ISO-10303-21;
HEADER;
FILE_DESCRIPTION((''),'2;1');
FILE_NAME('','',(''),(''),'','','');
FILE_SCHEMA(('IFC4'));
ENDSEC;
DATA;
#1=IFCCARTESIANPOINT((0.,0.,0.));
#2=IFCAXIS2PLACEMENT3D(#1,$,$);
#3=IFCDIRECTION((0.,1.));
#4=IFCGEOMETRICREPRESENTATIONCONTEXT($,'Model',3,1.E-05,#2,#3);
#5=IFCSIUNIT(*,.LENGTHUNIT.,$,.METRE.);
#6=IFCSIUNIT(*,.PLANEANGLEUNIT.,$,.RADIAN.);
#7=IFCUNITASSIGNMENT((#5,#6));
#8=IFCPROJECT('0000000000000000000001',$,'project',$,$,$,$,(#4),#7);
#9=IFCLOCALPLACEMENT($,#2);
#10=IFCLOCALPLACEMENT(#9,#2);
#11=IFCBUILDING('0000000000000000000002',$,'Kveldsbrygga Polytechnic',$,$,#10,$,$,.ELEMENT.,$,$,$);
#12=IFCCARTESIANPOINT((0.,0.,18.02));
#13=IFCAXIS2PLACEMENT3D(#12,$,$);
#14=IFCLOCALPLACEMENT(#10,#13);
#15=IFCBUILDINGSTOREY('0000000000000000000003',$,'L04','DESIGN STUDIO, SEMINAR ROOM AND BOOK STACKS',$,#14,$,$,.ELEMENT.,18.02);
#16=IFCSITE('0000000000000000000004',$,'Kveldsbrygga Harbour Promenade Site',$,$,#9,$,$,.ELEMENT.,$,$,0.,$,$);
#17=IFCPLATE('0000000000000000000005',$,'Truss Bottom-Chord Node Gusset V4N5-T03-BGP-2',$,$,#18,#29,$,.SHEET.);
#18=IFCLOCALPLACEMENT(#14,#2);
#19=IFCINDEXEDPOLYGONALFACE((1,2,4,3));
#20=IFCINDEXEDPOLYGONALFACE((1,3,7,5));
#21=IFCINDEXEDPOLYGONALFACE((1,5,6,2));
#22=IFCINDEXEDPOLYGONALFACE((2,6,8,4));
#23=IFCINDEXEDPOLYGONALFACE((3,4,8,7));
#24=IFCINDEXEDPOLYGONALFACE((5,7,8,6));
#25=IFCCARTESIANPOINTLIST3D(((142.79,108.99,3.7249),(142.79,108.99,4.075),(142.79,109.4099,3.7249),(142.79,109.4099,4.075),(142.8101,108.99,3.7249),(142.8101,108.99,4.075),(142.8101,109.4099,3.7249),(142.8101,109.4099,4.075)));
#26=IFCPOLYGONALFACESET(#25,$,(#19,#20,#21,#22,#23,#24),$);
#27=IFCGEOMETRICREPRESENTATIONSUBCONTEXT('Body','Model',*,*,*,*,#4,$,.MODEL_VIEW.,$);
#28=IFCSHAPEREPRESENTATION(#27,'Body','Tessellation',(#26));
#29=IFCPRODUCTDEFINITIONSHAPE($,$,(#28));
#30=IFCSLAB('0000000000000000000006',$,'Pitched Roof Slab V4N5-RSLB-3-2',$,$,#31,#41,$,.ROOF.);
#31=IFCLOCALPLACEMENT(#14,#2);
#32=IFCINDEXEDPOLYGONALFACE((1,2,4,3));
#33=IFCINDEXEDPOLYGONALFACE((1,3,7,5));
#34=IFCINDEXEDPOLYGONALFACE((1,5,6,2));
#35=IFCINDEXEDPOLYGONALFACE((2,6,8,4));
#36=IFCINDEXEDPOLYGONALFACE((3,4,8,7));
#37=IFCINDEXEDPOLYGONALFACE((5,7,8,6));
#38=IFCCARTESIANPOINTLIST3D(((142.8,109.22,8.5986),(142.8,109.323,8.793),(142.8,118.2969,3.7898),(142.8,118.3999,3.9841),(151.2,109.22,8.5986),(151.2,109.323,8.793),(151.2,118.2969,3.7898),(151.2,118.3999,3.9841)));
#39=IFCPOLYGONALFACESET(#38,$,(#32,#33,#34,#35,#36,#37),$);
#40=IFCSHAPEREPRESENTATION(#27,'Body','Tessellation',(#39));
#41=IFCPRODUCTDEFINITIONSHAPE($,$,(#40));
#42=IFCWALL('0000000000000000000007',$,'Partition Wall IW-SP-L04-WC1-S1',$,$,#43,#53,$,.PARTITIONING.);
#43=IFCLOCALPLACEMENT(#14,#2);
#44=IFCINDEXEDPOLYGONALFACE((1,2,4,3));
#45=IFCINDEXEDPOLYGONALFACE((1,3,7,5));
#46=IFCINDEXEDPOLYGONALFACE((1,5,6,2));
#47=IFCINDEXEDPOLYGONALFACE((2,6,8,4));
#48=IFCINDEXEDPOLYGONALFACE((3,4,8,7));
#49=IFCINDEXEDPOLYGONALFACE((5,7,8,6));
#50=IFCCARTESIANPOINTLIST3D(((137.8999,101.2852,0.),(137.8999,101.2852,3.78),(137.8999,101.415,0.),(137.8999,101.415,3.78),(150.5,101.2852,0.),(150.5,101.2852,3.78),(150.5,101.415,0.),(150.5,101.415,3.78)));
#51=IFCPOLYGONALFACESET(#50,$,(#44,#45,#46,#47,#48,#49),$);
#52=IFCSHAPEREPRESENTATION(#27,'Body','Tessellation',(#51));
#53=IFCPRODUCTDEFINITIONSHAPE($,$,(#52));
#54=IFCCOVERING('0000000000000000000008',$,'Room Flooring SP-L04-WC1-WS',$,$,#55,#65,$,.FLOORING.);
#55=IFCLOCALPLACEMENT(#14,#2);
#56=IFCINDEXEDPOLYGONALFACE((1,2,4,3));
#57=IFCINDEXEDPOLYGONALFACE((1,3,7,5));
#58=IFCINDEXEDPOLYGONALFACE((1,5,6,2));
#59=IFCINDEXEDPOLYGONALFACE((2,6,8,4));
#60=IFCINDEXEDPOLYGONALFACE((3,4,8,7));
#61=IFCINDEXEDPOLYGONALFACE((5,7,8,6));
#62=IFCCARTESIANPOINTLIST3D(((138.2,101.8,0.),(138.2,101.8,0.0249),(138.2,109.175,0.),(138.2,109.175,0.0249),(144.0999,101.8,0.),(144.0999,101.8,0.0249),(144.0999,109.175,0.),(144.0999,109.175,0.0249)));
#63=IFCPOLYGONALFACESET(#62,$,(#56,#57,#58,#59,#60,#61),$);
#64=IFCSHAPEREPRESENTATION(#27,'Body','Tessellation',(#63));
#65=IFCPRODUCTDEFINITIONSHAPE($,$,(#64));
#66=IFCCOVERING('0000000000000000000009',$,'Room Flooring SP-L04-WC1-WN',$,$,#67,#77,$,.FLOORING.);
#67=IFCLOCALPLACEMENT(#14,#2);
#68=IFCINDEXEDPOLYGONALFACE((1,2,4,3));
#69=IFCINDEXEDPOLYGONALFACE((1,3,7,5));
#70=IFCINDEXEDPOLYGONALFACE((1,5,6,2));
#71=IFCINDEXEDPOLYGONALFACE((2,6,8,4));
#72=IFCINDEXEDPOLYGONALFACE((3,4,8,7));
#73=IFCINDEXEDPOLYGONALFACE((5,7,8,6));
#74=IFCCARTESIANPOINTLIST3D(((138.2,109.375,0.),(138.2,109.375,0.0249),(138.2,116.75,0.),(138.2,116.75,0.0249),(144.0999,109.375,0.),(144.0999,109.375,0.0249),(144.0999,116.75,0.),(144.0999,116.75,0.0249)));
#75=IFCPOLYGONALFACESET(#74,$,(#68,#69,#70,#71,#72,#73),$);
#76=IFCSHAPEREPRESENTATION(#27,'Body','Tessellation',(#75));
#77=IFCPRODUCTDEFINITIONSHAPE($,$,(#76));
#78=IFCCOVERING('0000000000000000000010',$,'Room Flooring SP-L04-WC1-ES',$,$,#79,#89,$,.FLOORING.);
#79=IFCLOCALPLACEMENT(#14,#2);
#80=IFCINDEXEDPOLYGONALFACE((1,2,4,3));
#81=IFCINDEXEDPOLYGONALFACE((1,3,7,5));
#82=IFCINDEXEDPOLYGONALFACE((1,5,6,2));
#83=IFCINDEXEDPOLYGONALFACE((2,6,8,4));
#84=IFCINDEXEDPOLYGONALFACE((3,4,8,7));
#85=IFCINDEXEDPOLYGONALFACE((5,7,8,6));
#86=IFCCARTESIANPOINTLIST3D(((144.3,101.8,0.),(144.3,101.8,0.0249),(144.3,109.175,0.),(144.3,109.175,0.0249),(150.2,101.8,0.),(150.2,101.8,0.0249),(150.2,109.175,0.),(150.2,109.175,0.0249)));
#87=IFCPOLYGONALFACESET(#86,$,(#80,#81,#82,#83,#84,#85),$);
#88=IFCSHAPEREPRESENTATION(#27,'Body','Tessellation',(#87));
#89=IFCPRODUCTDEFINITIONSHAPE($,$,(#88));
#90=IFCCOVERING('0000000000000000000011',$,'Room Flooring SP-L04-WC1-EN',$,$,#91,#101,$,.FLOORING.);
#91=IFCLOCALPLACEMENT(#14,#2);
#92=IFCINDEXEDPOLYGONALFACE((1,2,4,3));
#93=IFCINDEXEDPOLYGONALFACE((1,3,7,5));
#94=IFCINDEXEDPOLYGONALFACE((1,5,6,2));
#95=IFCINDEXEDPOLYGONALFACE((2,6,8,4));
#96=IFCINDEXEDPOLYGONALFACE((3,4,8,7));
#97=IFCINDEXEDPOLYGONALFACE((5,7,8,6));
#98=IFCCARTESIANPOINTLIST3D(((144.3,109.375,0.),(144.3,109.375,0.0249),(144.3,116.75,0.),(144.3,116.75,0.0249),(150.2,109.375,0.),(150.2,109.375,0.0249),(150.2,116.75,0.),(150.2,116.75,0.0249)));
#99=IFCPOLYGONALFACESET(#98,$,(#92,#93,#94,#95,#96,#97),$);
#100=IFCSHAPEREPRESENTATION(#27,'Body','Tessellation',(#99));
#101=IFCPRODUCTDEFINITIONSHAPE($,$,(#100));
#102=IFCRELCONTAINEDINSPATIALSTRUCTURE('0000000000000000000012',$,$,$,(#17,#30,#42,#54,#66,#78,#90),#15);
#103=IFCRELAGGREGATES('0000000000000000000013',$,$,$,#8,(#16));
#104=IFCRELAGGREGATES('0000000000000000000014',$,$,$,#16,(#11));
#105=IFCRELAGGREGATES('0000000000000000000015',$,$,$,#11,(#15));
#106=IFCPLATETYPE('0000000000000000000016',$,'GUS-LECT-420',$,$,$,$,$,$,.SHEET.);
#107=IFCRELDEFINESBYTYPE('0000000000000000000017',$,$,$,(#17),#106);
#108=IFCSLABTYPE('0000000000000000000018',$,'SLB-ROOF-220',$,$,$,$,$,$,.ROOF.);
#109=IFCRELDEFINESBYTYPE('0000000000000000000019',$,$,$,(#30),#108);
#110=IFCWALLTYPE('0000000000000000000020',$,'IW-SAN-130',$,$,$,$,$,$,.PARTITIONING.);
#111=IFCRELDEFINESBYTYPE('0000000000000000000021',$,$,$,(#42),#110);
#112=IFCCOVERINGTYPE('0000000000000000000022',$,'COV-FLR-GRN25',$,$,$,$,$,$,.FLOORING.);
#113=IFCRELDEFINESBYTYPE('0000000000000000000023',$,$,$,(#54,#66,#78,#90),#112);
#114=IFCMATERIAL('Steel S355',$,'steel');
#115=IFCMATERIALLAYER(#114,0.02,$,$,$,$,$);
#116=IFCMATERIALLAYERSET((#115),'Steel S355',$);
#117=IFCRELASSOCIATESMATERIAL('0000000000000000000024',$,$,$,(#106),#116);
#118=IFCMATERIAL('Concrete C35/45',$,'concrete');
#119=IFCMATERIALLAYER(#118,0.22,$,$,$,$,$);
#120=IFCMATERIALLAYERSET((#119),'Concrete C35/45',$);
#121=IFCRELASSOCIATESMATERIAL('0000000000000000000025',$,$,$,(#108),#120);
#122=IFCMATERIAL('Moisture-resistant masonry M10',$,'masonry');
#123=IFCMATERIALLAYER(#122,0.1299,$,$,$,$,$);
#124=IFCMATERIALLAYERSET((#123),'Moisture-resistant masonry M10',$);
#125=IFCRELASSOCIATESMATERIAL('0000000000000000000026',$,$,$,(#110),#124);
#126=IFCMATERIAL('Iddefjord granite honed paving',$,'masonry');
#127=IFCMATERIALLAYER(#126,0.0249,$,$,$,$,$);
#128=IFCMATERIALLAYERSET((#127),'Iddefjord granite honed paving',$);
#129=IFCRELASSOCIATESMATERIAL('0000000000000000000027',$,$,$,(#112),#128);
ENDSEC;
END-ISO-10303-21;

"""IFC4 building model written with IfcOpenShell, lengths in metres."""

from ifc_helpers import new_model, si_unit, direction, frame, frame_2d, origin, origin_2d, place, context, subcontext, project, spatial, polyline, rectangle, outline, extrude, material, layer, layer_set, type_object, element, save


model = new_model("IFC4")

# Units and contexts
model_context = context("Model", 3, precision=1e-05, world=origin(), true_north=direction((0.0, 1.0)))
body_context = subcontext(model_context, "Body", "Model", "MODEL_VIEW")
ifc_project = project(units=[si_unit("LENGTHUNIT", "METRE"), si_unit("PLANEANGLEUNIT", "RADIAN")], contexts=[model_context])

# Site, building, storey
site_placement = place(None, origin())
site = spatial("IfcSite", under=ifc_project, at=site_placement, Name="Kveldsbrygga Harbour Promenade Site", CompositionType="ELEMENT", RefElevation=0.0)
building_placement = place(site_placement, origin())
building = spatial("IfcBuilding", under=site, at=building_placement, Name="Kveldsbrygga Polytechnic", CompositionType="ELEMENT")
storey_placement = place(building_placement, frame((0.0, 0.0, 18.02)))
storey = spatial("IfcBuildingStorey", under=building, at=storey_placement, Name="L04", Description="DESIGN STUDIO, SEMINAR ROOM AND BOOK STACKS", CompositionType="ELEMENT", Elevation=18.02)

# Shared definitions
ifc_material_1 = material(Name="Steel S355", Category="steel")

# Plate
ifc_layer_1 = layer(ifc_material_1, 0.02)
ifc_layer_set_1 = layer_set([ifc_layer_1], Name="Steel S355")
plate_type_1 = type_object("IfcPlateType", Name="GUS-LECT-420", PredefinedType="SHEET", material=ifc_layer_set_1)
for number, where, z_axis, x_axis, name in (
    (1, (142.8, 109.2, 3.7249), (0.0, 0.0, 1.0), (1.0, 0.0, 0.0), "Truss Bottom-Chord Node Gusset V4N5-T03-BGP-2"),
):
    element("IfcPlate", number, at=place(storey_placement, frame(where, z_axis=z_axis, x_axis=x_axis)), inside=storey, type_object=plate_type_1, Name=name, PredefinedType="SHEET", context=body_context, shape_type="SweptSolid", body=[
        extrude(rectangle(XDim=0.02, YDim=0.4199, at=origin_2d()), origin(), (0.0, 0.0, 1.0), 0.3501),
    ])

# Slab
ifc_material_2 = material(Name="Concrete C35/45", Category="concrete")
ifc_layer_2 = layer(ifc_material_2, 0.22)
ifc_layer_set_2 = layer_set([ifc_layer_2], Name="Concrete C35/45")
slab_type = type_object("IfcSlabType", Name="SLB-ROOF-220", PredefinedType="ROOF", material=ifc_layer_set_2)
slab_placement = place(storey_placement, frame((142.8, 109.323, 8.793), z_axis=(0.0, 0.468148, 0.88365), x_axis=(1.0, 0.0, 0.0)))
element("IfcSlab", 2, at=slab_placement, inside=storey, type_object=slab_type, Name="Pitched Roof Slab V4N5-RSLB-3-2", PredefinedType="ROOF", context=body_context, shape_type="SweptSolid", body=[
    extrude(outline(polyline([(0.0, 0.0), (8.3999, 0.0), (8.3999, 10.2721), (0.0, 10.2721), (0.0, 0.0)])), origin(), (0.0, 0.0, -1.0), 0.22),
])

# Wall
ifc_material_3 = material(Name="Moisture-resistant masonry M10", Category="masonry")
ifc_layer_3 = layer(ifc_material_3, 0.1299)
ifc_layer_set_3 = layer_set([ifc_layer_3], Name="Moisture-resistant masonry M10")
wall_type = type_object("IfcWallType", Name="IW-SAN-130", PredefinedType="PARTITIONING", material=ifc_layer_set_3)
wall_placement = place(storey_placement, frame((137.8999, 101.3501, 0.0), z_axis=(0.0, 0.0, 1.0), x_axis=(1.0, 0.0, 0.0)))
element("IfcWall", 3, at=wall_placement, inside=storey, type_object=wall_type, Name="Partition Wall IW-SP-L04-WC1-S1", PredefinedType="PARTITIONING", context=body_context, shape_type="SweptSolid", body=[
    extrude(rectangle(XDim=12.6001, YDim=0.1299, at=frame_2d((6.3, 0.0))), origin(), (0.0, 0.0, 1.0), 3.78),
])

# Coverings
ifc_material_4 = material(Name="Iddefjord granite honed paving", Category="masonry")
ifc_layer_4 = layer(ifc_material_4, 0.0249)
ifc_layer_set_4 = layer_set([ifc_layer_4], Name="Iddefjord granite honed paving")
covering_type = type_object("IfcCoveringType", Name="COV-FLR-GRN25", PredefinedType="FLOORING", material=ifc_layer_set_4)
for number, where, z_axis, x_axis, name in (
    (4, (141.1499, 105.4875, 0.0), (0.0, 0.0, 1.0), (1.0, 0.0, 0.0), "Room Flooring SP-L04-WC1-WS"),
    (5, (141.1499, 113.0625, 0.0), (0.0, 0.0, 1.0), (1.0, 0.0, 0.0), "Room Flooring SP-L04-WC1-WN"),
    (6, (147.25, 105.4875, 0.0), (0.0, 0.0, 1.0), (1.0, 0.0, 0.0), "Room Flooring SP-L04-WC1-ES"),
    (7, (147.25, 113.0625, 0.0), (0.0, 0.0, 1.0), (1.0, 0.0, 0.0), "Room Flooring SP-L04-WC1-EN"),
):
    element("IfcCovering", number, at=place(storey_placement, frame(where, z_axis=z_axis, x_axis=x_axis)), inside=storey, type_object=covering_type, Name=name, PredefinedType="FLOORING", context=body_context, shape_type="SweptSolid", body=[
        extrude(rectangle(XDim=5.8999, YDim=7.375, at=origin_2d()), origin(), (0.0, 0.0, 1.0), 0.0249),
    ])

save(model, "model.ifc")
